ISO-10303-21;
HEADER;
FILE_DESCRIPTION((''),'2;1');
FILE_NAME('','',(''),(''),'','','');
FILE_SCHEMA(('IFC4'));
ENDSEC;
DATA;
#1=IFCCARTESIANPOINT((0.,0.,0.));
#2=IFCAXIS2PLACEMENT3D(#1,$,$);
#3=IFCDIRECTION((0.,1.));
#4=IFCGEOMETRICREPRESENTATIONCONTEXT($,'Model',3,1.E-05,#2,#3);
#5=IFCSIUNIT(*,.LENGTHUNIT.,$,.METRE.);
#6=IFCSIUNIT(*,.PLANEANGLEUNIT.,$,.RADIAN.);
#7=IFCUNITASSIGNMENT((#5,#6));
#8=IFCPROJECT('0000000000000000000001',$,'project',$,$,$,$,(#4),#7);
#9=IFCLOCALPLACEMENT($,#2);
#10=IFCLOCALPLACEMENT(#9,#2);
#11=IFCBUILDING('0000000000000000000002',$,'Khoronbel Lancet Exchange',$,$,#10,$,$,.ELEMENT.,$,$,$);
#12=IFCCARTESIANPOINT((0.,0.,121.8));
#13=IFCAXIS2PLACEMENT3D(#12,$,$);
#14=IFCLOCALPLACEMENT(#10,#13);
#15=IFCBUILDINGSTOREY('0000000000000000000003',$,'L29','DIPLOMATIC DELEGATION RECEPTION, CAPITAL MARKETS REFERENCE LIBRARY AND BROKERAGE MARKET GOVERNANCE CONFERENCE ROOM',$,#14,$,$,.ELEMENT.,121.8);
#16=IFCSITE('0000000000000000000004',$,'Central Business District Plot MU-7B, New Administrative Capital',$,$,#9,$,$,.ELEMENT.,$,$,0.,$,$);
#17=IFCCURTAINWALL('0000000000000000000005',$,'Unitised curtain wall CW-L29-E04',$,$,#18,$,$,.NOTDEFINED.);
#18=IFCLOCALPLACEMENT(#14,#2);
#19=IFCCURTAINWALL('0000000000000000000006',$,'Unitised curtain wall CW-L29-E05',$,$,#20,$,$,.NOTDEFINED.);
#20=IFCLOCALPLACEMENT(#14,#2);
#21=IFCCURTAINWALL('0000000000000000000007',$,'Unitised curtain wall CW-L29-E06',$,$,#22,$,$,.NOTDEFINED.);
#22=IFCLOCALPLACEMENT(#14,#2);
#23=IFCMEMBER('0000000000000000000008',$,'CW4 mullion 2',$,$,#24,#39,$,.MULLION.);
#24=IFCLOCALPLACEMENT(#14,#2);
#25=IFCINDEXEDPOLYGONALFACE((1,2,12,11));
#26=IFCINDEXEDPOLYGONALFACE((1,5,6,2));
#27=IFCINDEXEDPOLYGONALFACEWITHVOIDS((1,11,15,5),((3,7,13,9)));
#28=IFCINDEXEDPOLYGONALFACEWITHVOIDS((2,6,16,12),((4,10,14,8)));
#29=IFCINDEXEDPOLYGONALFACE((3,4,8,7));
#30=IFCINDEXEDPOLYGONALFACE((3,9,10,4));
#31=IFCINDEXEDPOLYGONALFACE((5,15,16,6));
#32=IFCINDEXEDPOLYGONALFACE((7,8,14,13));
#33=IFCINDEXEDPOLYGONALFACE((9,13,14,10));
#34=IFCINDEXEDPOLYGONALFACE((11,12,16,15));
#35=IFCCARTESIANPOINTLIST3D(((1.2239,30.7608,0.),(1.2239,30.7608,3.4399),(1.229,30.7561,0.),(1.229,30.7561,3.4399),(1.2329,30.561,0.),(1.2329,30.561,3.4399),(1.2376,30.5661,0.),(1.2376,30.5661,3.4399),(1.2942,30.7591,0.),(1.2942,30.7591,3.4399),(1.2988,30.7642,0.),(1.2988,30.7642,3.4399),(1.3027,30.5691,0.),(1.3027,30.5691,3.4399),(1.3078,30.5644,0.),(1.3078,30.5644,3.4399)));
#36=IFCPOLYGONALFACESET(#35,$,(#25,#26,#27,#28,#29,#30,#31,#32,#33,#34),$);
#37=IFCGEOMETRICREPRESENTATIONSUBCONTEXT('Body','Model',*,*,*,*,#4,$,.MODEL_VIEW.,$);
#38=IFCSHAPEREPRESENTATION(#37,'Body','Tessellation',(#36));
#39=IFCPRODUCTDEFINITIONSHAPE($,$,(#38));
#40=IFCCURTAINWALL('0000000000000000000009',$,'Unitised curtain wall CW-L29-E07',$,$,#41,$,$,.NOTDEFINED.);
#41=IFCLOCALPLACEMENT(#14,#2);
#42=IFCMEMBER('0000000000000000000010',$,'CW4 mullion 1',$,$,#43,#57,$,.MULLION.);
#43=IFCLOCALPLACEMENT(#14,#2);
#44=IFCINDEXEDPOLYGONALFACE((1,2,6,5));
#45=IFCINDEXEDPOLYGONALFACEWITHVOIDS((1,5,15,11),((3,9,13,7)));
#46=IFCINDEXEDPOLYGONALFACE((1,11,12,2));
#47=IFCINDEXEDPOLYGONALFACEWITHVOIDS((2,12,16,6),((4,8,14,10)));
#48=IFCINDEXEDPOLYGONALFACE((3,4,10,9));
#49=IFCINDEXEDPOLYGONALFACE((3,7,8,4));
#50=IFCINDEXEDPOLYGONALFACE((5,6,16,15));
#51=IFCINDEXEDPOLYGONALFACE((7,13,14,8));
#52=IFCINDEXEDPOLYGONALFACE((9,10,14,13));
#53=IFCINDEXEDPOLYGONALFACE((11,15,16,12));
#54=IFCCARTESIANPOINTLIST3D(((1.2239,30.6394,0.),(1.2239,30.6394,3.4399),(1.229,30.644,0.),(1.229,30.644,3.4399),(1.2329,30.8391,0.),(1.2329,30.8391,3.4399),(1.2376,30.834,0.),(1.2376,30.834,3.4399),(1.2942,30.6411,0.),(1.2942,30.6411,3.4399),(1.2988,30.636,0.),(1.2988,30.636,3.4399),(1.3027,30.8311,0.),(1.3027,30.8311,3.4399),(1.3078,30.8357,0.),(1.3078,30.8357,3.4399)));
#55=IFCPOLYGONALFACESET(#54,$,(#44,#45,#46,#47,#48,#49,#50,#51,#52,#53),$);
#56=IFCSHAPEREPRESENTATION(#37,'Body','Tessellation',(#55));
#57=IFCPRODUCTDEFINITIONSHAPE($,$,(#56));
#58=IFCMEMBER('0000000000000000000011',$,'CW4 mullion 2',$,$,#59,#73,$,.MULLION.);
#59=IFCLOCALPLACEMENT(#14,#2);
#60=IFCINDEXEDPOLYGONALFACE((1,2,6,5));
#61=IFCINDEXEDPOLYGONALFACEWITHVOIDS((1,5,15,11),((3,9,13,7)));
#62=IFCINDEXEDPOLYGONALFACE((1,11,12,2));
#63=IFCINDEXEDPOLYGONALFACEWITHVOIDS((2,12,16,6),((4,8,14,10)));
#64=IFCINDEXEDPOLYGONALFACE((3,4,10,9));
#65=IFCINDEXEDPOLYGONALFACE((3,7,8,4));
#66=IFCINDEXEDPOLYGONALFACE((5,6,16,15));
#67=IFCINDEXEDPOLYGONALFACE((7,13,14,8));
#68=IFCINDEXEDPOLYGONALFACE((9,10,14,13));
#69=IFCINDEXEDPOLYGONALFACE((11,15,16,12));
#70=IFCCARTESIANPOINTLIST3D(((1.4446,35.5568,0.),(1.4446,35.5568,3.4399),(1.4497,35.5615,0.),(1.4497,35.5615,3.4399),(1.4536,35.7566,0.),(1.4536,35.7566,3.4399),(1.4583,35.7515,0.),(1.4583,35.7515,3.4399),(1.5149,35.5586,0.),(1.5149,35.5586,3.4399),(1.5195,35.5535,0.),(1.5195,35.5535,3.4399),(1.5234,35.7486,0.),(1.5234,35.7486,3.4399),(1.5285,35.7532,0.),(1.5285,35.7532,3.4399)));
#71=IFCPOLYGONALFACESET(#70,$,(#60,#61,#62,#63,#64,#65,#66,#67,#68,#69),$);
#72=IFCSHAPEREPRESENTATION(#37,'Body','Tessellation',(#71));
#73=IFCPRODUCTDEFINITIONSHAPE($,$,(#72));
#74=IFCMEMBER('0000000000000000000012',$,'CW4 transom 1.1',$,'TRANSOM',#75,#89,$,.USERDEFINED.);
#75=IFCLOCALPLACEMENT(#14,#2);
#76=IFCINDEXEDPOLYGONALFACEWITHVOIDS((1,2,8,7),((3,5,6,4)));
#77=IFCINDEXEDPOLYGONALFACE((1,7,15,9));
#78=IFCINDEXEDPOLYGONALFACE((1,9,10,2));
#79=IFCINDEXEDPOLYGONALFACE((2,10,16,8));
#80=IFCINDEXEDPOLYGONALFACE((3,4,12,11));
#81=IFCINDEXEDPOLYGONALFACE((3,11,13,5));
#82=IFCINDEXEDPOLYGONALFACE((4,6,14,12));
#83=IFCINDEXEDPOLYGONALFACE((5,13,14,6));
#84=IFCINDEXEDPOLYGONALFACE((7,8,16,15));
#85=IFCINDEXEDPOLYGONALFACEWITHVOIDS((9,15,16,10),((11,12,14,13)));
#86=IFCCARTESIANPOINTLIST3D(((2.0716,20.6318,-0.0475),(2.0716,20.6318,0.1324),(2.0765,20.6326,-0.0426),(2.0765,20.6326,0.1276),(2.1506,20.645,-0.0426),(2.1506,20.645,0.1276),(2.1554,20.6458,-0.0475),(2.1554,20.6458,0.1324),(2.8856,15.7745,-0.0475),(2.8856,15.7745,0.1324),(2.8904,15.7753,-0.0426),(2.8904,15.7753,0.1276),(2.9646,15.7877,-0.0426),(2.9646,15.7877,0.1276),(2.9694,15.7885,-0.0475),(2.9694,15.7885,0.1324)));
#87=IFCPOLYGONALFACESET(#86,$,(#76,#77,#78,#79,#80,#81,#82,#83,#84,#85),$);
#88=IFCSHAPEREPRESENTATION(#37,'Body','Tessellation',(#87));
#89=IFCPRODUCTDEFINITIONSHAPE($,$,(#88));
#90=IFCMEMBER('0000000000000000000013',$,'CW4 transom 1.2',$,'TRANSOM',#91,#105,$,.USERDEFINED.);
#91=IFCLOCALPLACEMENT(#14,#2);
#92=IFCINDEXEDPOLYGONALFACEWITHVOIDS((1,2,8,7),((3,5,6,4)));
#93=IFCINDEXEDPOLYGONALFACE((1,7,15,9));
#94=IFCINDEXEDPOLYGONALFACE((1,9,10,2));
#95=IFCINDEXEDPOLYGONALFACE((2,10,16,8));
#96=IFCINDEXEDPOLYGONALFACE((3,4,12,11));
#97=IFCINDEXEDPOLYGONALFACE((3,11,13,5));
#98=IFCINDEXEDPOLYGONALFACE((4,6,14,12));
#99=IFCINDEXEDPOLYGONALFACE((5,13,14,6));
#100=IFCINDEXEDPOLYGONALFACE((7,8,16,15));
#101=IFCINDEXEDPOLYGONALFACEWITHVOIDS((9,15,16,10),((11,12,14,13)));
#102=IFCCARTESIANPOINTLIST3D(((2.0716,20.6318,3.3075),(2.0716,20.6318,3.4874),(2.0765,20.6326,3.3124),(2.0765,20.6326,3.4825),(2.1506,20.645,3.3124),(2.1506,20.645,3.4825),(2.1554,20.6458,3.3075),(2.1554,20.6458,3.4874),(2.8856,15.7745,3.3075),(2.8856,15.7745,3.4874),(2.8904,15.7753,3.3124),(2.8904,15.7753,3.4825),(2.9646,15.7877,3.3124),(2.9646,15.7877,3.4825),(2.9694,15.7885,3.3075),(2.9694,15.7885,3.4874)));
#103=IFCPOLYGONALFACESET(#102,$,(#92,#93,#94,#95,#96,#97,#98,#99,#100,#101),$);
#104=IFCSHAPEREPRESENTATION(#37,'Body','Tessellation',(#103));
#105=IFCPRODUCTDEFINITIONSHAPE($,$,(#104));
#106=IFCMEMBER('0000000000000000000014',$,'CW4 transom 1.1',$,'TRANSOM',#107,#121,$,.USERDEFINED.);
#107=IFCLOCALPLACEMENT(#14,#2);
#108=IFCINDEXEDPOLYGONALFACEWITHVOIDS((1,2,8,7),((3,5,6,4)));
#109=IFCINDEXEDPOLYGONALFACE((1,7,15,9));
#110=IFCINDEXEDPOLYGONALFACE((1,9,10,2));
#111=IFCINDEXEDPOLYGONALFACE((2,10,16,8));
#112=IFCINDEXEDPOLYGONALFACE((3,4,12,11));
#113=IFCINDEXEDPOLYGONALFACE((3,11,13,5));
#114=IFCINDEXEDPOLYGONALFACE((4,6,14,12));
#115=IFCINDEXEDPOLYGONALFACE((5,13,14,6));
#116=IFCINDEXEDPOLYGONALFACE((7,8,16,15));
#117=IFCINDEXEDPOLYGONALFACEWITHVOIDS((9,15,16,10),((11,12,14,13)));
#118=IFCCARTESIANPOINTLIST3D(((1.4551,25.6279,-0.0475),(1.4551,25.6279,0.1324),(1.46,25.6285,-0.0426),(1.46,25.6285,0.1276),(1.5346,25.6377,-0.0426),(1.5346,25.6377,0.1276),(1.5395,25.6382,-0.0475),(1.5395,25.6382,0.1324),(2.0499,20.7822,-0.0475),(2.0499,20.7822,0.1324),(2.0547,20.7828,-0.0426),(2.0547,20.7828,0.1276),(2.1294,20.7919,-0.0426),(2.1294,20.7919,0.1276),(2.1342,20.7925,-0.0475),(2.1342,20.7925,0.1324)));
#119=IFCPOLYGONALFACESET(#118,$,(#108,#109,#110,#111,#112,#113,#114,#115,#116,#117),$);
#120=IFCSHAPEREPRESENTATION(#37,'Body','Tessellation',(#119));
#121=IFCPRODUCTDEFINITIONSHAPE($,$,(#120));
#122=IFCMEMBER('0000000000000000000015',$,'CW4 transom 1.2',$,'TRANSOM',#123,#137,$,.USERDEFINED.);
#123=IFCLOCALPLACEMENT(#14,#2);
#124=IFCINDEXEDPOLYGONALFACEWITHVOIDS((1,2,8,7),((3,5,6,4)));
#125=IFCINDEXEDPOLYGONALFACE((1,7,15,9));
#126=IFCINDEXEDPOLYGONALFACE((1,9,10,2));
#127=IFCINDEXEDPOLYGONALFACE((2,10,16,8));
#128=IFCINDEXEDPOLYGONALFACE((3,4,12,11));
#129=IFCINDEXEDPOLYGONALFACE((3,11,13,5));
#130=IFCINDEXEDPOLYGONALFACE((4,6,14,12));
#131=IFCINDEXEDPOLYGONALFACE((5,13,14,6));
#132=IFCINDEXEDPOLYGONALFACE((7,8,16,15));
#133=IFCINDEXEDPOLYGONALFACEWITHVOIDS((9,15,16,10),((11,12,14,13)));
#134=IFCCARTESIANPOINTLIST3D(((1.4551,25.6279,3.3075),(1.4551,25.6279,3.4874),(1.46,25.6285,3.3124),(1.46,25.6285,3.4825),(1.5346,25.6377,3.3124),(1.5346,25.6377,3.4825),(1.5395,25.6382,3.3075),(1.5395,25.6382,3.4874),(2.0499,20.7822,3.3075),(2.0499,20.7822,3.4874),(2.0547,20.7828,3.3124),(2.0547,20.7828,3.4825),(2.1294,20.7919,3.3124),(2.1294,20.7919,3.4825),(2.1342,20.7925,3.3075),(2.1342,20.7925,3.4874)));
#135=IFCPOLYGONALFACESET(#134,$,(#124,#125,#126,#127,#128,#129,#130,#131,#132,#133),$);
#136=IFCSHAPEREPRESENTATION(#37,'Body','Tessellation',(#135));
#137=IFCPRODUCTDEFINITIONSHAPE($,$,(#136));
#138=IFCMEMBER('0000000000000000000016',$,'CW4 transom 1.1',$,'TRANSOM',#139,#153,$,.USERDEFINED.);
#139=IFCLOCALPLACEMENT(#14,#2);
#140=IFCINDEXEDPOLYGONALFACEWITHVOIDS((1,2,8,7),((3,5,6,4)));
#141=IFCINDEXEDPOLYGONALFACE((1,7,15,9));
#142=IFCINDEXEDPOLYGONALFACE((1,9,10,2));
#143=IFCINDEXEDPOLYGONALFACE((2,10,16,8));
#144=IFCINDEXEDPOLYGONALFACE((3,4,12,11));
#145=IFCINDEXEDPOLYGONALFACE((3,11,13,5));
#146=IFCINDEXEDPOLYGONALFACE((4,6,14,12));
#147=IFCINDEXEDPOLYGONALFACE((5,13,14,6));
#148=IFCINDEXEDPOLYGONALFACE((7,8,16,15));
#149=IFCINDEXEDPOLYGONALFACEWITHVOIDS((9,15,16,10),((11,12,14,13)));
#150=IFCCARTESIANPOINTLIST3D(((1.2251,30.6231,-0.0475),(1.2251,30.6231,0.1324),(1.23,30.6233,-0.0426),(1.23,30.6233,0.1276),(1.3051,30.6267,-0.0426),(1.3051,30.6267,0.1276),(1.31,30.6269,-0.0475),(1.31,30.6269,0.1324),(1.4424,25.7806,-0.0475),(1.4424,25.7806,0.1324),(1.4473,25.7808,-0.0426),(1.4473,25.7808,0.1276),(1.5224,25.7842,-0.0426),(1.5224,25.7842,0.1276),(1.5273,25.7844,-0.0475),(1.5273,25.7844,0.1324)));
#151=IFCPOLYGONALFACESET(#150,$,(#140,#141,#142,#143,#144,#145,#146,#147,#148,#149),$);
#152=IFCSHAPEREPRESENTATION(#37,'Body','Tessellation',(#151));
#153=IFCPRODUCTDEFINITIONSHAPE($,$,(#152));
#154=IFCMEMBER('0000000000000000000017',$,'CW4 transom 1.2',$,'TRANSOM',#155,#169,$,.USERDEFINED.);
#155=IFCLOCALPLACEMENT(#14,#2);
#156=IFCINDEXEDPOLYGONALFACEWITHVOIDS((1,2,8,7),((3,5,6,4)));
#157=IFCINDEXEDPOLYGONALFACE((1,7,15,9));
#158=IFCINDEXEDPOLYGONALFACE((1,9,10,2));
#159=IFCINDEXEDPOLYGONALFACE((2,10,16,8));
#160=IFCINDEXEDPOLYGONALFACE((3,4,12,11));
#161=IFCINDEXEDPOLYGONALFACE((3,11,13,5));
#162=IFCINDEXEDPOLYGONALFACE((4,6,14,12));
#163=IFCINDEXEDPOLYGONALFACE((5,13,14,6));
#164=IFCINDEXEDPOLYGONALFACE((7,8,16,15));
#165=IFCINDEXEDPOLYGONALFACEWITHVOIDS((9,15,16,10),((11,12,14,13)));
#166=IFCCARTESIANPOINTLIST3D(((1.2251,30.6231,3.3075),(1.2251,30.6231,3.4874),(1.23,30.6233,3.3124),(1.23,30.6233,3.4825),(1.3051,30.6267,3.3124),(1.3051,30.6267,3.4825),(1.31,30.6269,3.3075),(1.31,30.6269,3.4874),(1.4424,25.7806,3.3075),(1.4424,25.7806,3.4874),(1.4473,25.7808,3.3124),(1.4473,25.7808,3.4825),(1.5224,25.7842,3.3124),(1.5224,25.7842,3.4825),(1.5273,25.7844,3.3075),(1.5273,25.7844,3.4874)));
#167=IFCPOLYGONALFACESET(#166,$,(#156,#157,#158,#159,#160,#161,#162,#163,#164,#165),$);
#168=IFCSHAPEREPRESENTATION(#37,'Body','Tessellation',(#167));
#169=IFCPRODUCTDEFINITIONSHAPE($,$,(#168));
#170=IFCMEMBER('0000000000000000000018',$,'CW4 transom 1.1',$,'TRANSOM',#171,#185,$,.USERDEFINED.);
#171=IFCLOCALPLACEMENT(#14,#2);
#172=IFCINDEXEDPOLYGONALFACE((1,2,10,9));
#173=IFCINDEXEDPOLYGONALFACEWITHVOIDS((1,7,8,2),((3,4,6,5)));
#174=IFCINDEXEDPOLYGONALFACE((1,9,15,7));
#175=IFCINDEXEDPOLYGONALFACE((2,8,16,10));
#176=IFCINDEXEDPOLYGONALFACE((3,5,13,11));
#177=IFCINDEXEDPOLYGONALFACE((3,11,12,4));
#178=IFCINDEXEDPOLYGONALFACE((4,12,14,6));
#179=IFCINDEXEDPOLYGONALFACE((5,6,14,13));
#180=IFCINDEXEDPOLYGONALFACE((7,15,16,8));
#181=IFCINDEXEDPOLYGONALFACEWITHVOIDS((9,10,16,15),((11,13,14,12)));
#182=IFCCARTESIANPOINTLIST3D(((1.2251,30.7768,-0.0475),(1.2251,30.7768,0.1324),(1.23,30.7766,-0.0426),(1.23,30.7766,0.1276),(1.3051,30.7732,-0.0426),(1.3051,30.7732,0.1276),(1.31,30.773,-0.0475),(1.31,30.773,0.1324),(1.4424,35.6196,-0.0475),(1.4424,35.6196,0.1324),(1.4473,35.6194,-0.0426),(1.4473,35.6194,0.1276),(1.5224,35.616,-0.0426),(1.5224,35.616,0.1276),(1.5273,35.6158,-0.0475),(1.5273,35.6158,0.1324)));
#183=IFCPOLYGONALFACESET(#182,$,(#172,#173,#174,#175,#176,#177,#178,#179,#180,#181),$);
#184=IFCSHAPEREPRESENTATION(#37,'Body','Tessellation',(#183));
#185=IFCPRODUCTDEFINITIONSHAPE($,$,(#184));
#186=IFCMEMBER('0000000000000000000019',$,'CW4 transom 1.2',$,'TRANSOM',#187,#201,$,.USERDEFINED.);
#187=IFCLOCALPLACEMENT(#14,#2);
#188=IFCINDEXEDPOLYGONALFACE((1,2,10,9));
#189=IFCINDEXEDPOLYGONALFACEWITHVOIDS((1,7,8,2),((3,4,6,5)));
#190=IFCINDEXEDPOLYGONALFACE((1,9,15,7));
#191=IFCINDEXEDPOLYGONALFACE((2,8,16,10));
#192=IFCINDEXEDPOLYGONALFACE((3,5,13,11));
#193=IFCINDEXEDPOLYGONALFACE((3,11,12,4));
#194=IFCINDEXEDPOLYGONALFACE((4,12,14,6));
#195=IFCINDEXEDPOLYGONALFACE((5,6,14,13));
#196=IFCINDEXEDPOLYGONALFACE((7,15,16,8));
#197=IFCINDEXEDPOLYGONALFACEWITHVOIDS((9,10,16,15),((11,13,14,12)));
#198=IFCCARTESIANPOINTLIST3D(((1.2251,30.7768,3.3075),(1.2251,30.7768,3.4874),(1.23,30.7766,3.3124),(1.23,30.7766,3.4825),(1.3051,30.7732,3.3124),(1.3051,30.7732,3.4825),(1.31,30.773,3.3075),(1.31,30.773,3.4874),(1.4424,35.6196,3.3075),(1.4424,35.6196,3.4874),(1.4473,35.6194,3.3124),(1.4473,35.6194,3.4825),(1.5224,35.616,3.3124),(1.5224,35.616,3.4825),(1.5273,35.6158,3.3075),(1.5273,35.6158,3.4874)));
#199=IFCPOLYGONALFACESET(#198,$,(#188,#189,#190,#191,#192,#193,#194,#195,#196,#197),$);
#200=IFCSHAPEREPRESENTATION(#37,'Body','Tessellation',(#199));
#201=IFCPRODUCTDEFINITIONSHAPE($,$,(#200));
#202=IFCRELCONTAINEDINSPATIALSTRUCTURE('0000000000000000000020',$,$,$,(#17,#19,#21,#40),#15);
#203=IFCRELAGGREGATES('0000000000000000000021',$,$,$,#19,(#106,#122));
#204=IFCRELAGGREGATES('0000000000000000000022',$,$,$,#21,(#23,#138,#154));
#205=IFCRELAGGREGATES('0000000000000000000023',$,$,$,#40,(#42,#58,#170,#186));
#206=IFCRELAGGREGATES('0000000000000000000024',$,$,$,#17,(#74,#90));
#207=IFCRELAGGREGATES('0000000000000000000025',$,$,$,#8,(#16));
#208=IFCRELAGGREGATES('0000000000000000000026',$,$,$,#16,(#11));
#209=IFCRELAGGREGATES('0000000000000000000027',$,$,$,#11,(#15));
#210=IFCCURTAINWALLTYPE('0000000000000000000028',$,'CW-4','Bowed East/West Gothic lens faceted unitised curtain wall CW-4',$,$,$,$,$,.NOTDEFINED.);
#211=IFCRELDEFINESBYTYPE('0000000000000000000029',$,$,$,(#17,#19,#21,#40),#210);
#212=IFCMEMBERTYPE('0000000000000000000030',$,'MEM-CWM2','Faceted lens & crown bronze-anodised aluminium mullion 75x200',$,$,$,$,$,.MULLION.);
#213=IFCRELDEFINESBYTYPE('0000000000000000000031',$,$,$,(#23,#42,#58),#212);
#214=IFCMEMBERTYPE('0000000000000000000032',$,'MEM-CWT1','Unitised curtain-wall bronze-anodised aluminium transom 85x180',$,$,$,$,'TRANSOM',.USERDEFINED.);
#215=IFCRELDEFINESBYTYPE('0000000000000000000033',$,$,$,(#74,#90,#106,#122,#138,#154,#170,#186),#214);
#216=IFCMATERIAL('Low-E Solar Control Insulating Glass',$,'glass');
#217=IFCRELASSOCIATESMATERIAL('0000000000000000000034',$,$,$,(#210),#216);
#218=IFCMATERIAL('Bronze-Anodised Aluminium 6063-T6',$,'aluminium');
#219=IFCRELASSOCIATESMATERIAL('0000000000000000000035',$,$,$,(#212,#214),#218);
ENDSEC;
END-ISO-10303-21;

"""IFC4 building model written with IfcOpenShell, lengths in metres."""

from ifc_helpers import new_model, si_unit, direction, frame, origin, origin_2d, place, context, subcontext, project, spatial, hollow_rectangle, extrude, material, material_profile, profile_set, type_object, element, aggregate, save


model = new_model("IFC4")

# Units and contexts
model_context = context("Model", 3, precision=1e-05, world=origin(), true_north=direction((0.0, 1.0)))
body_context = subcontext(model_context, "Body", "Model", "MODEL_VIEW")
ifc_project = project(units=[si_unit("LENGTHUNIT", "METRE"), si_unit("PLANEANGLEUNIT", "RADIAN")], contexts=[model_context])

# Site, building, storey
site_placement = place(None, origin())
site = spatial("IfcSite", under=ifc_project, at=site_placement, Name="Central Business District Plot MU-7B, New Administrative Capital", CompositionType="ELEMENT", RefElevation=0.0)
building_placement = place(site_placement, origin())
building = spatial("IfcBuilding", under=site, at=building_placement, Name="Khoronbel Lancet Exchange", CompositionType="ELEMENT")
storey_placement = place(building_placement, frame((0.0, 0.0, 121.8)))
storey = spatial("IfcBuildingStorey", under=building, at=storey_placement, Name="L29", Description="DIPLOMATIC DELEGATION RECEPTION, CAPITAL MARKETS REFERENCE LIBRARY AND BROKERAGE MARKET GOVERNANCE CONFERENCE ROOM", CompositionType="ELEMENT", Elevation=121.8)

# Curtain walls, members
ifc_material_1 = material(Name="Low-E Solar Control Insulating Glass", Category="glass")
curtain_wall_type = type_object("IfcCurtainWallType", Name="CW-4", Description="Bowed East/West Gothic lens faceted unitised curtain wall CW-4", PredefinedType="NOTDEFINED", material=ifc_material_1)
curtain_wall_1_placement = place(storey_placement, origin())
curtain_wall_1 = element("IfcCurtainWall", 1, at=curtain_wall_1_placement, inside=storey, type_object=curtain_wall_type, Name="Unitised curtain wall CW-L29-E04", PredefinedType="NOTDEFINED")
ifc_material_2 = material(Name="Bronze-Anodised Aluminium 6063-T6", Category="aluminium")
ifc_material_profile_1 = material_profile(ifc_material_2, hollow_rectangle(XDim=0.075, YDim=0.2, WallThickness=0.0049, at=origin_2d()), Name="ALU MULLION 75x200")
ifc_profile_set_1 = profile_set([ifc_material_profile_1], Name="Bronze-Anodised Aluminium 6063-T6")
member_type_1 = type_object("IfcMemberType", Name="MEM-CWM2", Description="Faceted lens & crown bronze-anodised aluminium mullion 75x200", PredefinedType="MULLION", material=ifc_profile_set_1)
curtain_wall_2_placement = place(storey_placement, origin())
curtain_wall_2 = element("IfcCurtainWall", 2, at=curtain_wall_2_placement, inside=storey, type_object=curtain_wall_type, Name="Unitised curtain wall CW-L29-E05", PredefinedType="NOTDEFINED")
curtain_wall_3_placement = place(storey_placement, origin())
curtain_wall_3 = element("IfcCurtainWall", 3, at=curtain_wall_3_placement, inside=storey, type_object=curtain_wall_type, Name="Unitised curtain wall CW-L29-E06", PredefinedType="NOTDEFINED")
member_1_placement = place(storey_placement, frame((1.2659, 30.6626, 0.0), z_axis=(0.0, 0.0, 1.0), x_axis=(-0.998993, -0.044862, 0.0)))
member_1 = element("IfcMember", 4, at=member_1_placement, type_object=member_type_1, Name="CW4 mullion 2", PredefinedType="MULLION", context=body_context, shape_type="SweptSolid", body=[
    extrude(hollow_rectangle(XDim=0.075, YDim=0.2, WallThickness=0.0049, at=origin_2d()), origin(), (0.0, 0.0, 1.0), 3.4399),
])
curtain_wall_4_placement = place(storey_placement, origin())
curtain_wall_4 = element("IfcCurtainWall", 5, at=curtain_wall_4_placement, inside=storey, type_object=curtain_wall_type, Name="Unitised curtain wall CW-L29-E07", PredefinedType="NOTDEFINED")
member_2_placement = place(storey_placement, frame((1.2659, 30.7375, 0.0), z_axis=(0.0, 0.0, 1.0), x_axis=(-0.998993, 0.044862, 0.0)))
member_2 = element("IfcMember", 6, at=member_2_placement, type_object=member_type_1, Name="CW4 mullion 1", PredefinedType="MULLION", context=body_context, shape_type="SweptSolid", body=[
    extrude(hollow_rectangle(XDim=0.075, YDim=0.2, WallThickness=0.0049, at=origin_2d()), origin(), (0.0, 0.0, 1.0), 3.4399),
])
member_3_placement = place(storey_placement, frame((1.4866, 35.655, 0.0), z_axis=(0.0, 0.0, 1.0), x_axis=(-0.998993, 0.044862, 0.0)))
member_3 = element("IfcMember", 7, at=member_3_placement, type_object=member_type_1, Name="CW4 mullion 2", PredefinedType="MULLION", context=body_context, shape_type="SweptSolid", body=[
    extrude(hollow_rectangle(XDim=0.075, YDim=0.2, WallThickness=0.0049, at=origin_2d()), origin(), (0.0, 0.0, 1.0), 3.4399),
])

# Members
ifc_material_profile_2 = material_profile(ifc_material_2, hollow_rectangle(XDim=0.085, YDim=0.1799, WallThickness=0.0049, at=origin_2d()), Name="ALU TRANSOM 85x180")
ifc_profile_set_2 = profile_set([ifc_material_profile_2], Name="Bronze-Anodised Aluminium 6063-T6")
member_type_2 = type_object("IfcMemberType", Name="MEM-CWT1", Description="Unitised curtain-wall bronze-anodised aluminium transom 85x180", ElementType="TRANSOM", PredefinedType="USERDEFINED", material=ifc_profile_set_2)
member_4_placement = place(storey_placement, frame((2.9275, 15.7815, 0.0425), z_axis=(-0.165267, 0.986249, 0.0), x_axis=(-0.986249, -0.165267, 0.0)))
member_4 = element("IfcMember", 8, at=member_4_placement, type_object=member_type_2, Name="CW4 transom 1.1", ObjectType="TRANSOM", PredefinedType="USERDEFINED", context=body_context, shape_type="SweptSolid", body=[
    extrude(hollow_rectangle(XDim=0.085, YDim=0.1799, WallThickness=0.0049, at=origin_2d()), origin(), (0.0, 0.0, 1.0), 4.925),
])
member_5_placement = place(storey_placement, frame((2.9275, 15.7815, 3.3975), z_axis=(-0.165267, 0.986249, 0.0), x_axis=(-0.986249, -0.165267, 0.0)))
member_5 = element("IfcMember", 9, at=member_5_placement, type_object=member_type_2, Name="CW4 transom 1.2", ObjectType="TRANSOM", PredefinedType="USERDEFINED", context=body_context, shape_type="SweptSolid", body=[
    extrude(hollow_rectangle(XDim=0.085, YDim=0.1799, WallThickness=0.0049, at=origin_2d()), origin(), (0.0, 0.0, 1.0), 4.925),
])
member_6_placement = place(storey_placement, frame((2.092, 20.7874, 0.0425), z_axis=(-0.121819, 0.992552, 0.0), x_axis=(-0.992552, -0.121819, 0.0)))
member_6 = element("IfcMember", 10, at=member_6_placement, type_object=member_type_2, Name="CW4 transom 1.1", ObjectType="TRANSOM", PredefinedType="USERDEFINED", context=body_context, shape_type="SweptSolid", body=[
    extrude(hollow_rectangle(XDim=0.085, YDim=0.1799, WallThickness=0.0049, at=origin_2d()), origin(), (0.0, 0.0, 1.0), 4.8821),
])
member_7_placement = place(storey_placement, frame((2.092, 20.7874, 3.3975), z_axis=(-0.121819, 0.992552, 0.0), x_axis=(-0.992552, -0.121819, 0.0)))
member_7 = element("IfcMember", 11, at=member_7_placement, type_object=member_type_2, Name="CW4 transom 1.2", ObjectType="TRANSOM", PredefinedType="USERDEFINED", context=body_context, shape_type="SweptSolid", body=[
    extrude(hollow_rectangle(XDim=0.085, YDim=0.1799, WallThickness=0.0049, at=origin_2d()), origin(), (0.0, 0.0, 1.0), 4.8821),
])
member_8_placement = place(storey_placement, frame((1.4849, 25.7825, 0.0425), z_axis=(-0.044825, 0.998995, 0.0), x_axis=(-0.998995, -0.044825, 0.0)))
member_8 = element("IfcMember", 12, at=member_8_placement, type_object=member_type_2, Name="CW4 transom 1.1", ObjectType="TRANSOM", PredefinedType="USERDEFINED", context=body_context, shape_type="SweptSolid", body=[
    extrude(hollow_rectangle(XDim=0.085, YDim=0.1799, WallThickness=0.0049, at=origin_2d()), origin(), (0.0, 0.0, 1.0), 4.8474),
])
member_9_placement = place(storey_placement, frame((1.4849, 25.7825, 3.3975), z_axis=(-0.044825, 0.998995, 0.0), x_axis=(-0.998995, -0.044825, 0.0)))
member_9 = element("IfcMember", 13, at=member_9_placement, type_object=member_type_2, Name="CW4 transom 1.2", ObjectType="TRANSOM", PredefinedType="USERDEFINED", context=body_context, shape_type="SweptSolid", body=[
    extrude(hollow_rectangle(XDim=0.085, YDim=0.1799, WallThickness=0.0049, at=origin_2d()), origin(), (0.0, 0.0, 1.0), 4.8474),
])
member_10_placement = place(storey_placement, frame((1.2676, 30.7749, 0.0425), z_axis=(0.044823, 0.998995, 0.0), x_axis=(-0.998995, 0.044823, 0.0)))
member_10 = element("IfcMember", 14, at=member_10_placement, type_object=member_type_2, Name="CW4 transom 1.1", ObjectType="TRANSOM", PredefinedType="USERDEFINED", context=body_context, shape_type="SweptSolid", body=[
    extrude(hollow_rectangle(XDim=0.085, YDim=0.1799, WallThickness=0.0049, at=origin_2d()), origin(), (0.0, 0.0, 1.0), 4.8477),
])
member_11_placement = place(storey_placement, frame((1.2676, 30.7749, 3.3975), z_axis=(0.044823, 0.998995, 0.0), x_axis=(-0.998995, 0.044823, 0.0)))
member_11 = element("IfcMember", 15, at=member_11_placement, type_object=member_type_2, Name="CW4 transom 1.2", ObjectType="TRANSOM", PredefinedType="USERDEFINED", context=body_context, shape_type="SweptSolid", body=[
    extrude(hollow_rectangle(XDim=0.085, YDim=0.1799, WallThickness=0.0049, at=origin_2d()), origin(), (0.0, 0.0, 1.0), 4.8477),
])

aggregate(curtain_wall_2, [member_6, member_7])
aggregate(curtain_wall_3, [member_1, member_8, member_9])
aggregate(curtain_wall_4, [member_2, member_3, member_10, member_11])
aggregate(curtain_wall_1, [member_4, member_5])

save(model, "model.ifc")
